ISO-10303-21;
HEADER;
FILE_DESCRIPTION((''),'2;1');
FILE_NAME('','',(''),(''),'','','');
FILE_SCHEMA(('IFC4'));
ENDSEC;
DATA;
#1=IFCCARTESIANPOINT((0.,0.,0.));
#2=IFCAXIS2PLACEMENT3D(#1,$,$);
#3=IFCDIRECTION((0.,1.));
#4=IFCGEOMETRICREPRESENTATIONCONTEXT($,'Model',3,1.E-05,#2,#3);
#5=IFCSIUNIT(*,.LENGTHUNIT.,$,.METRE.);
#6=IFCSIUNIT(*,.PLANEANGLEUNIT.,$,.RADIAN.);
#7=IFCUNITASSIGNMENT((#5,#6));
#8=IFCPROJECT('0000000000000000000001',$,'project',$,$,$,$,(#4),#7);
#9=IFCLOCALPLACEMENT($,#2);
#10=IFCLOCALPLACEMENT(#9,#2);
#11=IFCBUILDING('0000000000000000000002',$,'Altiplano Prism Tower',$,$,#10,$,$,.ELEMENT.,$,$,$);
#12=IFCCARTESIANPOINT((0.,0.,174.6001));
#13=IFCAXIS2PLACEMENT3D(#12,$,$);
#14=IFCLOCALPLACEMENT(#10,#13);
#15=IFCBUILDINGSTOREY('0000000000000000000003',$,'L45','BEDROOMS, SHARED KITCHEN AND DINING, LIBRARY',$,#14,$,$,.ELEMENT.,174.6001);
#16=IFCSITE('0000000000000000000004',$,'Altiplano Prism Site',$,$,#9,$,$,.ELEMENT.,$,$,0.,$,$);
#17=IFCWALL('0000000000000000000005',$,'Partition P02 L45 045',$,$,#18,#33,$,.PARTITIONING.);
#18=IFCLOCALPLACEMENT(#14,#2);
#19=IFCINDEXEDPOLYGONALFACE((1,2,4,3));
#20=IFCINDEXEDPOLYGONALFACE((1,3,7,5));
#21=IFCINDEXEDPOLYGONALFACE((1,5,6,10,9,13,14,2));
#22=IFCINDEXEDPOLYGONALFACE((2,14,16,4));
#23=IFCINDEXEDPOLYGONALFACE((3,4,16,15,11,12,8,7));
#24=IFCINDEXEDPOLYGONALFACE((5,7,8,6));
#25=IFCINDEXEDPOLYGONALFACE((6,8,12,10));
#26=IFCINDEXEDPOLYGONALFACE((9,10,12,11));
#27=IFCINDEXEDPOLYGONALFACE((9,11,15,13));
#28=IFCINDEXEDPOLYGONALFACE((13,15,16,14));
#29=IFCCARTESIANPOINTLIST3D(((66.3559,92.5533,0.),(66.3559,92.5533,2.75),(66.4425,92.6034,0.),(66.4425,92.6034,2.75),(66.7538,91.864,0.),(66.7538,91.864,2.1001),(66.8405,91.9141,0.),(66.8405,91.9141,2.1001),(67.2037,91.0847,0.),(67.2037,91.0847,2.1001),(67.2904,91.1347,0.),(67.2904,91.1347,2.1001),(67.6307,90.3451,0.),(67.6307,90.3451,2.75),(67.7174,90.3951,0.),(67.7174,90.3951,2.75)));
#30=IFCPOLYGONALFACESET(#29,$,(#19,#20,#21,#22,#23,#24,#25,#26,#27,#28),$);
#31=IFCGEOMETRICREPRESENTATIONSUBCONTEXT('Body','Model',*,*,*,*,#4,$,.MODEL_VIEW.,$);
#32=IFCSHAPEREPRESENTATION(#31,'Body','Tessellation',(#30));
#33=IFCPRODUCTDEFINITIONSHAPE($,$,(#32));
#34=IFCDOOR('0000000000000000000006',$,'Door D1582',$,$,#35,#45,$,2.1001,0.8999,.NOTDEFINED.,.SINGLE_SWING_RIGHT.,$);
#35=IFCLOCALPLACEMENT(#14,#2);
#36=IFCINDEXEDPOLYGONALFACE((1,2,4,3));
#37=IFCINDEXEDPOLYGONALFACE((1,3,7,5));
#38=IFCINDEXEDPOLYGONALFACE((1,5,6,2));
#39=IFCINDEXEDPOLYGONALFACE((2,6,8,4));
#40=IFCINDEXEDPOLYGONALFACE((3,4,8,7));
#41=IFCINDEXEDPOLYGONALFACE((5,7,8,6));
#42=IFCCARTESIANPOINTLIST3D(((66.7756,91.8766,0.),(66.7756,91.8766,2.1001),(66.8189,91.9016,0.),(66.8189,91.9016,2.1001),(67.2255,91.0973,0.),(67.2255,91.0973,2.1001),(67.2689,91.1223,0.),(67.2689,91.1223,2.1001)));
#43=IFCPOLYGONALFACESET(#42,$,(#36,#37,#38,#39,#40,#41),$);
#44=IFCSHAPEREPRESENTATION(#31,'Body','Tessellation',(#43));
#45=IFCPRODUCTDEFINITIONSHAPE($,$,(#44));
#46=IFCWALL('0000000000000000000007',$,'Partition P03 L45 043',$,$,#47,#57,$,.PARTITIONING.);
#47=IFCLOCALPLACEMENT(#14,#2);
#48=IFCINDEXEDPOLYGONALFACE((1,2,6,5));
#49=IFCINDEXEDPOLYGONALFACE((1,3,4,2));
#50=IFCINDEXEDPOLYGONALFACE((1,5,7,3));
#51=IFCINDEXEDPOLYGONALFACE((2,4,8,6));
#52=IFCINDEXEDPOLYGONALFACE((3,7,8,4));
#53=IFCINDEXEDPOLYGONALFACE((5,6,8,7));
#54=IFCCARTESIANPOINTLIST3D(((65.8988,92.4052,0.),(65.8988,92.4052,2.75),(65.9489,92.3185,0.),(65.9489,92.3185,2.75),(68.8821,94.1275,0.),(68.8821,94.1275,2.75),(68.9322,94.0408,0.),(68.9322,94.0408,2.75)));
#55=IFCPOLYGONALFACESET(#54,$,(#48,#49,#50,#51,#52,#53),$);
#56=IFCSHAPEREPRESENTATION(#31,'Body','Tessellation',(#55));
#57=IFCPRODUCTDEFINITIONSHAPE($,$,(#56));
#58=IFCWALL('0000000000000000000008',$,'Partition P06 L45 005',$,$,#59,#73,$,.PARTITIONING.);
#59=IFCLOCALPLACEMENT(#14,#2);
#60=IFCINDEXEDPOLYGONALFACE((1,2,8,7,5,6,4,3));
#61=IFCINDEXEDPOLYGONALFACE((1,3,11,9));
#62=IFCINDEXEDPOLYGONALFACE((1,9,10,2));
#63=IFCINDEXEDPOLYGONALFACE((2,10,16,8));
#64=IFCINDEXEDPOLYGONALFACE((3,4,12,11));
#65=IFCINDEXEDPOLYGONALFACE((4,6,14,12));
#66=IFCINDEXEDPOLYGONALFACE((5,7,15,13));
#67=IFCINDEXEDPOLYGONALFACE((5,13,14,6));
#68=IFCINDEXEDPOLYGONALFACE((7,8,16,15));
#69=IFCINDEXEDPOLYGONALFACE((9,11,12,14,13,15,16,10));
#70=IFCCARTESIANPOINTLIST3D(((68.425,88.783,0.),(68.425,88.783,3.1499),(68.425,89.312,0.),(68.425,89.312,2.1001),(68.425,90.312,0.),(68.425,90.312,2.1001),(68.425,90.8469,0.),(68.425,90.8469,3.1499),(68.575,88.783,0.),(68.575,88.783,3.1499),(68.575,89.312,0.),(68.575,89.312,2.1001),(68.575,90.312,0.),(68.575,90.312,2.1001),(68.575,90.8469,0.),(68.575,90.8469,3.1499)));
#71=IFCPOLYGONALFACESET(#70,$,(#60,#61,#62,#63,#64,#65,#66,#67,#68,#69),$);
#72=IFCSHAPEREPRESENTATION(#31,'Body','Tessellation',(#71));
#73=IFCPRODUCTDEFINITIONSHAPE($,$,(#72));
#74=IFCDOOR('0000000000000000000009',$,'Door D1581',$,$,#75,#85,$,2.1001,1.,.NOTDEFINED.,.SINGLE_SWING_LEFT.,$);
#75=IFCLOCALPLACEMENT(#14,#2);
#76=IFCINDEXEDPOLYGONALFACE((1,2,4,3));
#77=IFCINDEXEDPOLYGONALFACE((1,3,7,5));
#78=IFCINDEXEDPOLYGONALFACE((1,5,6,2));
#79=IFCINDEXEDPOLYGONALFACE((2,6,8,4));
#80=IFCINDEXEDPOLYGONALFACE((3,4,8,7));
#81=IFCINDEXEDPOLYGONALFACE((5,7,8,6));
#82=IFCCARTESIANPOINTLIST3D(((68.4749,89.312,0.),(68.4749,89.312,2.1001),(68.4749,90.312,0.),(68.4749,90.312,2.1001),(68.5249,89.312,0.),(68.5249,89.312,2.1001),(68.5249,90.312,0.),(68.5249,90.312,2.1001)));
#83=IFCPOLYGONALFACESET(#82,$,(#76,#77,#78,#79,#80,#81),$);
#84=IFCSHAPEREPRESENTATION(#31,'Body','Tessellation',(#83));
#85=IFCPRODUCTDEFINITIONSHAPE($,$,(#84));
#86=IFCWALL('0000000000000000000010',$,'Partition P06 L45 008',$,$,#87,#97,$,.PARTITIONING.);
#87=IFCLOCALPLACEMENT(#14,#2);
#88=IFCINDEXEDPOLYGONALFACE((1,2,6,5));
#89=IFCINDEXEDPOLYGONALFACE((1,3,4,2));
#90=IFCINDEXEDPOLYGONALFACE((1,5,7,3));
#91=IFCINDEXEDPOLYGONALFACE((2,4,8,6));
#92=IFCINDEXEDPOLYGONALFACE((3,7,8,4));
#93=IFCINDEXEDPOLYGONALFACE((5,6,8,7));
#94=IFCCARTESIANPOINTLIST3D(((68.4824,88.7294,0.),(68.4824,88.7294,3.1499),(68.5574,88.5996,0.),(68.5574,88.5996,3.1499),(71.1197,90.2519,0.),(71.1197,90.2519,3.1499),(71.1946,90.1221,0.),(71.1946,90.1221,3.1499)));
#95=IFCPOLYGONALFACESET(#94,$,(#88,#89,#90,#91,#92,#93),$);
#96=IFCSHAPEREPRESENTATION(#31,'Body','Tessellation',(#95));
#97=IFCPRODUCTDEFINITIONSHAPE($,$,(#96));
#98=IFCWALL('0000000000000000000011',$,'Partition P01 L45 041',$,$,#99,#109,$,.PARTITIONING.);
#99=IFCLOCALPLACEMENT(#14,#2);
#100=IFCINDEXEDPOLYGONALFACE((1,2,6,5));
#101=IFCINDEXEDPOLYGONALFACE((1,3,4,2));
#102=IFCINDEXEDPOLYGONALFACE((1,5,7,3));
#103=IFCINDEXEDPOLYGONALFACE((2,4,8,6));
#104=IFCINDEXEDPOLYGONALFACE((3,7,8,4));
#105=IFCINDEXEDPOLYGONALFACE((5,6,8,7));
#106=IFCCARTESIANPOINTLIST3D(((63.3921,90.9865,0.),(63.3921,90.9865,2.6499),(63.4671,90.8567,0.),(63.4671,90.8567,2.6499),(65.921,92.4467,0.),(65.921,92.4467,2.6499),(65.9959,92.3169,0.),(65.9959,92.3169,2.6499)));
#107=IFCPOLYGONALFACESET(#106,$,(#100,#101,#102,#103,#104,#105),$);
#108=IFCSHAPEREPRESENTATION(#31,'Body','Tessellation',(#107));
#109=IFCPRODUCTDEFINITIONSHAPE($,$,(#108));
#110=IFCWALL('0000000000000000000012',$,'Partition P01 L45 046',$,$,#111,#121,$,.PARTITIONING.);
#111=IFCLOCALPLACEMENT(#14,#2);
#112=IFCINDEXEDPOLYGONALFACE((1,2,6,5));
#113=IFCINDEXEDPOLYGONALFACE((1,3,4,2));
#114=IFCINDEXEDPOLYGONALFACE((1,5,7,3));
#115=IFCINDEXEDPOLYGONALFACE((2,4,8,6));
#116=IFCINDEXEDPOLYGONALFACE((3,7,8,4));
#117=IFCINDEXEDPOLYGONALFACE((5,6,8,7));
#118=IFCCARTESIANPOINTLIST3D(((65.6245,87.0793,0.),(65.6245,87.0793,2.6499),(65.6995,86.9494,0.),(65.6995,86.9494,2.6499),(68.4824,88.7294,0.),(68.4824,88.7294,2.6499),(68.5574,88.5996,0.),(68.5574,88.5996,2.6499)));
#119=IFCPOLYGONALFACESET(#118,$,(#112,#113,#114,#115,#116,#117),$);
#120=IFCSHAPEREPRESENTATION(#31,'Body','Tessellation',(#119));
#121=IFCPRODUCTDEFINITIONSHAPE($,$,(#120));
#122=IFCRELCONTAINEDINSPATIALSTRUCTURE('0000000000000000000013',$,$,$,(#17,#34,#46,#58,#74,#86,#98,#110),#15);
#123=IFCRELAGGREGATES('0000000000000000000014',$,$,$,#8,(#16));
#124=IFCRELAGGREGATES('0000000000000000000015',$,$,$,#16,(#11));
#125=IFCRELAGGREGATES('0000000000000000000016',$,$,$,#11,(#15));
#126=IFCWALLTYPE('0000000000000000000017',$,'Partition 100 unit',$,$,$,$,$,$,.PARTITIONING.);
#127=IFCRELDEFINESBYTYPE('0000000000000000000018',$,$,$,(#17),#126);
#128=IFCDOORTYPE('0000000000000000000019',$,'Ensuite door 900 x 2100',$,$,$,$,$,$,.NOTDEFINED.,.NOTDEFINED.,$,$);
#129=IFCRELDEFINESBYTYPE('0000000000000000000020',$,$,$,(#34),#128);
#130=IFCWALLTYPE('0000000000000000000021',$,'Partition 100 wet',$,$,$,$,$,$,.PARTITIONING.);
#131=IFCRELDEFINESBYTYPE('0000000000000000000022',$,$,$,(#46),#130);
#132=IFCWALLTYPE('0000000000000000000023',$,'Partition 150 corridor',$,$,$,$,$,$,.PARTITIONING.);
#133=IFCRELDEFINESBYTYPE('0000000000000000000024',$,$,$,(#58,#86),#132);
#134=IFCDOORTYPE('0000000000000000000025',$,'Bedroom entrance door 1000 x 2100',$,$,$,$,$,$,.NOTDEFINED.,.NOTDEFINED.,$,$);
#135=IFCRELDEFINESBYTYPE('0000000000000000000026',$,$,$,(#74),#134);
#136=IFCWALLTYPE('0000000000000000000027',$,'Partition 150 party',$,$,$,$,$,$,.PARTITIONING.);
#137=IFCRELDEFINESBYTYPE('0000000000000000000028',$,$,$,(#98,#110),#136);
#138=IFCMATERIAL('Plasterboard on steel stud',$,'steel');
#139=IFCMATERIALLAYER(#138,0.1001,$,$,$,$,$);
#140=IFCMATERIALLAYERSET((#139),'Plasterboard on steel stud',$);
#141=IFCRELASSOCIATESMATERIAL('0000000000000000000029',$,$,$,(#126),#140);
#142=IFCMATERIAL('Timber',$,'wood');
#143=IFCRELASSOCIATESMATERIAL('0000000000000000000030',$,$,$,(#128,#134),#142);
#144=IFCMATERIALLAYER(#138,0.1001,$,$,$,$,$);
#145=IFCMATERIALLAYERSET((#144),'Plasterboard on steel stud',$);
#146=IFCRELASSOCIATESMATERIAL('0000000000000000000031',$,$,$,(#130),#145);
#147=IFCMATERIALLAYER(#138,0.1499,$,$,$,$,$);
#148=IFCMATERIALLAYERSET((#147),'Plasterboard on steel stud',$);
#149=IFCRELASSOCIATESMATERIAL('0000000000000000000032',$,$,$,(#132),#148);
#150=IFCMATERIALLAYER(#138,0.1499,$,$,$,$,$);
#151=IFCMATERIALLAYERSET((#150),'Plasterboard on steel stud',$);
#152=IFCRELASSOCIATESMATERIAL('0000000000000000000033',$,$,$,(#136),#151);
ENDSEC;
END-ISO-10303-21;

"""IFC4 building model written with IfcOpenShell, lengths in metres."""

from ifc_helpers import new_model, si_unit, direction, frame, frame_2d, origin, place, context, subcontext, project, spatial, rectangle, extrude, material, layer, layer_set, type_object, element, fill, save


model = new_model("IFC4")

# Units and contexts
model_context = context("Model", 3, precision=1e-05, world=origin(), true_north=direction((0.0, 1.0)))
body_context = subcontext(model_context, "Body", "Model", "MODEL_VIEW")
ifc_project = project(units=[si_unit("LENGTHUNIT", "METRE"), si_unit("PLANEANGLEUNIT", "RADIAN")], contexts=[model_context])

# Site, building, storey
site_placement = place(None, origin())
site = spatial("IfcSite", under=ifc_project, at=site_placement, Name="Altiplano Prism Site", CompositionType="ELEMENT", RefElevation=0.0)
building_placement = place(site_placement, origin())
building = spatial("IfcBuilding", under=site, at=building_placement, Name="Altiplano Prism Tower", CompositionType="ELEMENT")
storey_placement = place(building_placement, frame((0.0, 0.0, 174.6001)))
storey = spatial("IfcBuildingStorey", under=building, at=storey_placement, Name="L45", Description="BEDROOMS, SHARED KITCHEN AND DINING, LIBRARY", CompositionType="ELEMENT", Elevation=174.6001)

# Shared definitions
ifc_material_1 = material(Name="Plasterboard on steel stud", Category="steel")
ifc_layer_1 = layer(ifc_material_1, 0.1001)
ifc_layer_set_1 = layer_set([ifc_layer_1], Name="Plasterboard on steel stud")
wall_type_1 = type_object("IfcWallType", Name="Partition 100 unit", PredefinedType="PARTITIONING", material=ifc_layer_set_1)

# Shared definitions
ifc_material_2 = material(Name="Timber", Category="wood")

# Wall, opening, door
wall_1_placement = place(storey_placement, frame((67.6741, 90.3701, 0.0), z_axis=(0.0, 0.0, 1.0), x_axis=(-0.49999, 0.866031, 0.0)))
wall_1 = element("IfcWall", 1, at=wall_1_placement, inside=storey, type_object=wall_type_1, Name="Partition P02 L45 045", PredefinedType="PARTITIONING", context=body_context, shape_type="SweptSolid", body=[
    extrude(rectangle(XDim=2.5498, YDim=0.1001, at=frame_2d((1.2749, 0.0))), origin(), (0.0, 0.0, 1.0), 2.75),
])
opening_1_placement = place(wall_1_placement, frame((0.854, 0.0, 0.0)))
opening_1 = element("IfcOpeningElement", 2, at=opening_1_placement, cuts=wall_1, PredefinedType="OPENING", context=body_context, shape_type="SweptSolid", body=[
    extrude(rectangle(XDim=0.8999, YDim=2.1001, at=frame_2d((0.45, 1.05))), frame((0.0, 0.0605, 0.0), z_axis=(0.0, -1.0, 0.0), x_axis=(1.0, 0.0, 0.0)), (0.0, 0.0, 1.0), 0.1211),
])
door_type_1 = type_object("IfcDoorType", Name="Ensuite door 900 x 2100", OperationType="NOTDEFINED", PredefinedType="NOTDEFINED", material=ifc_material_2)
door_1_placement = place(opening_1_placement, origin())
door_1 = element("IfcDoor", 3, at=door_1_placement, inside=storey, type_object=door_type_1, Name="Door D1582", OperationType="SINGLE_SWING_RIGHT", OverallHeight=2.1001, OverallWidth=0.8999, PredefinedType="NOTDEFINED", context=body_context, shape_type="SweptSolid", body=[
    extrude(rectangle(XDim=0.8999, YDim=2.1001, at=frame_2d((0.45, 1.05))), frame((0.0, 0.0249, 0.0), z_axis=(0.0, -1.0, 0.0), x_axis=(1.0, 0.0, 0.0)), (0.0, 0.0, 1.0), 0.05),
])
fill(opening_1, door_1)

# Wall
ifc_layer_2 = layer(ifc_material_1, 0.1001)
ifc_layer_set_2 = layer_set([ifc_layer_2], Name="Plasterboard on steel stud")
wall_type_2 = type_object("IfcWallType", Name="Partition 100 wet", PredefinedType="PARTITIONING", material=ifc_layer_set_2)
wall_2_placement = place(storey_placement, frame((65.9238, 92.3618, 0.0), z_axis=(0.0, 0.0, 1.0), x_axis=(0.866032, 0.499988, 0.0)))
element("IfcWall", 4, at=wall_2_placement, inside=storey, type_object=wall_type_2, Name="Partition P03 L45 043", PredefinedType="PARTITIONING", context=body_context, shape_type="SweptSolid", body=[
    extrude(rectangle(XDim=3.4448, YDim=0.1001, at=frame_2d((1.7224, 0.0))), origin(), (0.0, 0.0, 1.0), 2.75),
])

# Wall, opening, door
ifc_layer_3 = layer(ifc_material_1, 0.1499)
ifc_layer_set_3 = layer_set([ifc_layer_3], Name="Plasterboard on steel stud")
wall_type_3 = type_object("IfcWallType", Name="Partition 150 corridor", PredefinedType="PARTITIONING", material=ifc_layer_set_3)
wall_3_placement = place(storey_placement, frame((68.5, 90.8469, 0.0), z_axis=(0.0, 0.0, 1.0), x_axis=(0.0, -1.0, 0.0)))
wall_3 = element("IfcWall", 5, at=wall_3_placement, inside=storey, type_object=wall_type_3, Name="Partition P06 L45 005", PredefinedType="PARTITIONING", context=body_context, shape_type="SweptSolid", body=[
    extrude(rectangle(XDim=2.064, YDim=0.1499, at=frame_2d((1.032, 0.0))), origin(), (0.0, 0.0, 1.0), 3.1499),
])
opening_2_placement = place(wall_3_placement, frame((0.5349, 0.0, 0.0)))
opening_2 = element("IfcOpeningElement", 6, at=opening_2_placement, cuts=wall_3, PredefinedType="OPENING", context=body_context, shape_type="SweptSolid", body=[
    extrude(rectangle(XDim=1.0, YDim=2.1001, at=frame_2d((0.5, 1.05))), frame((0.0, 0.0854, 0.0), z_axis=(0.0, -1.0, 0.0), x_axis=(1.0, 0.0, 0.0)), (0.0, 0.0, 1.0), 0.1709),
])
door_type_2 = type_object("IfcDoorType", Name="Bedroom entrance door 1000 x 2100", OperationType="NOTDEFINED", PredefinedType="NOTDEFINED", material=ifc_material_2)
door_2_placement = place(opening_2_placement, origin())
door_2 = element("IfcDoor", 7, at=door_2_placement, inside=storey, type_object=door_type_2, Name="Door D1581", OperationType="SINGLE_SWING_LEFT", OverallHeight=2.1001, OverallWidth=1.0, PredefinedType="NOTDEFINED", context=body_context, shape_type="SweptSolid", body=[
    extrude(rectangle(XDim=1.0, YDim=2.1001, at=frame_2d((0.5, 1.05))), frame((0.0, 0.0249, 0.0), z_axis=(0.0, -1.0, 0.0), x_axis=(1.0, 0.0, 0.0)), (0.0, 0.0, 1.0), 0.05),
])
fill(opening_2, door_2)

# Walls
wall_4_placement = place(storey_placement, frame((68.52, 88.6646, 0.0), z_axis=(0.0, 0.0, 1.0), x_axis=(0.866044, 0.499968, 0.0)))
element("IfcWall", 8, at=wall_4_placement, inside=storey, type_object=wall_type_3, Name="Partition P06 L45 008", PredefinedType="PARTITIONING", context=body_context, shape_type="SweptSolid", body=[
    extrude(rectangle(XDim=3.0452, YDim=0.1499, at=frame_2d((1.5225, 0.0))), origin(), (0.0, 0.0, 1.0), 3.1499),
])
ifc_layer_4 = layer(ifc_material_1, 0.1499)
ifc_layer_set_4 = layer_set([ifc_layer_4], Name="Plasterboard on steel stud")
wall_type_4 = type_object("IfcWallType", Name="Partition 150 party", PredefinedType="PARTITIONING", material=ifc_layer_set_4)
wall_5_placement = place(storey_placement, frame((63.4297, 90.9216, 0.0), z_axis=(0.0, 0.0, 1.0), x_axis=(0.865996, 0.500051, 0.0)))
element("IfcWall", 9, at=wall_5_placement, inside=storey, type_object=wall_type_4, Name="Partition P01 L45 041", PredefinedType="PARTITIONING", context=body_context, shape_type="SweptSolid", body=[
    extrude(rectangle(XDim=2.9202, YDim=0.1499, at=frame_2d((1.46, 0.0))), origin(), (0.0, 0.0, 1.0), 2.6499),
])
wall_6_placement = place(storey_placement, frame((65.6621, 87.0144, 0.0), z_axis=(0.0, 0.0, 1.0), x_axis=(0.866008, 0.50003, 0.0)))
element("IfcWall", 10, at=wall_6_placement, inside=storey, type_object=wall_type_4, Name="Partition P01 L45 046", PredefinedType="PARTITIONING", context=body_context, shape_type="SweptSolid", body=[
    extrude(rectangle(XDim=3.3, YDim=0.1499, at=frame_2d((1.6499, 0.0))), origin(), (0.0, 0.0, 1.0), 2.6499),
])

save(model, "model.ifc")
